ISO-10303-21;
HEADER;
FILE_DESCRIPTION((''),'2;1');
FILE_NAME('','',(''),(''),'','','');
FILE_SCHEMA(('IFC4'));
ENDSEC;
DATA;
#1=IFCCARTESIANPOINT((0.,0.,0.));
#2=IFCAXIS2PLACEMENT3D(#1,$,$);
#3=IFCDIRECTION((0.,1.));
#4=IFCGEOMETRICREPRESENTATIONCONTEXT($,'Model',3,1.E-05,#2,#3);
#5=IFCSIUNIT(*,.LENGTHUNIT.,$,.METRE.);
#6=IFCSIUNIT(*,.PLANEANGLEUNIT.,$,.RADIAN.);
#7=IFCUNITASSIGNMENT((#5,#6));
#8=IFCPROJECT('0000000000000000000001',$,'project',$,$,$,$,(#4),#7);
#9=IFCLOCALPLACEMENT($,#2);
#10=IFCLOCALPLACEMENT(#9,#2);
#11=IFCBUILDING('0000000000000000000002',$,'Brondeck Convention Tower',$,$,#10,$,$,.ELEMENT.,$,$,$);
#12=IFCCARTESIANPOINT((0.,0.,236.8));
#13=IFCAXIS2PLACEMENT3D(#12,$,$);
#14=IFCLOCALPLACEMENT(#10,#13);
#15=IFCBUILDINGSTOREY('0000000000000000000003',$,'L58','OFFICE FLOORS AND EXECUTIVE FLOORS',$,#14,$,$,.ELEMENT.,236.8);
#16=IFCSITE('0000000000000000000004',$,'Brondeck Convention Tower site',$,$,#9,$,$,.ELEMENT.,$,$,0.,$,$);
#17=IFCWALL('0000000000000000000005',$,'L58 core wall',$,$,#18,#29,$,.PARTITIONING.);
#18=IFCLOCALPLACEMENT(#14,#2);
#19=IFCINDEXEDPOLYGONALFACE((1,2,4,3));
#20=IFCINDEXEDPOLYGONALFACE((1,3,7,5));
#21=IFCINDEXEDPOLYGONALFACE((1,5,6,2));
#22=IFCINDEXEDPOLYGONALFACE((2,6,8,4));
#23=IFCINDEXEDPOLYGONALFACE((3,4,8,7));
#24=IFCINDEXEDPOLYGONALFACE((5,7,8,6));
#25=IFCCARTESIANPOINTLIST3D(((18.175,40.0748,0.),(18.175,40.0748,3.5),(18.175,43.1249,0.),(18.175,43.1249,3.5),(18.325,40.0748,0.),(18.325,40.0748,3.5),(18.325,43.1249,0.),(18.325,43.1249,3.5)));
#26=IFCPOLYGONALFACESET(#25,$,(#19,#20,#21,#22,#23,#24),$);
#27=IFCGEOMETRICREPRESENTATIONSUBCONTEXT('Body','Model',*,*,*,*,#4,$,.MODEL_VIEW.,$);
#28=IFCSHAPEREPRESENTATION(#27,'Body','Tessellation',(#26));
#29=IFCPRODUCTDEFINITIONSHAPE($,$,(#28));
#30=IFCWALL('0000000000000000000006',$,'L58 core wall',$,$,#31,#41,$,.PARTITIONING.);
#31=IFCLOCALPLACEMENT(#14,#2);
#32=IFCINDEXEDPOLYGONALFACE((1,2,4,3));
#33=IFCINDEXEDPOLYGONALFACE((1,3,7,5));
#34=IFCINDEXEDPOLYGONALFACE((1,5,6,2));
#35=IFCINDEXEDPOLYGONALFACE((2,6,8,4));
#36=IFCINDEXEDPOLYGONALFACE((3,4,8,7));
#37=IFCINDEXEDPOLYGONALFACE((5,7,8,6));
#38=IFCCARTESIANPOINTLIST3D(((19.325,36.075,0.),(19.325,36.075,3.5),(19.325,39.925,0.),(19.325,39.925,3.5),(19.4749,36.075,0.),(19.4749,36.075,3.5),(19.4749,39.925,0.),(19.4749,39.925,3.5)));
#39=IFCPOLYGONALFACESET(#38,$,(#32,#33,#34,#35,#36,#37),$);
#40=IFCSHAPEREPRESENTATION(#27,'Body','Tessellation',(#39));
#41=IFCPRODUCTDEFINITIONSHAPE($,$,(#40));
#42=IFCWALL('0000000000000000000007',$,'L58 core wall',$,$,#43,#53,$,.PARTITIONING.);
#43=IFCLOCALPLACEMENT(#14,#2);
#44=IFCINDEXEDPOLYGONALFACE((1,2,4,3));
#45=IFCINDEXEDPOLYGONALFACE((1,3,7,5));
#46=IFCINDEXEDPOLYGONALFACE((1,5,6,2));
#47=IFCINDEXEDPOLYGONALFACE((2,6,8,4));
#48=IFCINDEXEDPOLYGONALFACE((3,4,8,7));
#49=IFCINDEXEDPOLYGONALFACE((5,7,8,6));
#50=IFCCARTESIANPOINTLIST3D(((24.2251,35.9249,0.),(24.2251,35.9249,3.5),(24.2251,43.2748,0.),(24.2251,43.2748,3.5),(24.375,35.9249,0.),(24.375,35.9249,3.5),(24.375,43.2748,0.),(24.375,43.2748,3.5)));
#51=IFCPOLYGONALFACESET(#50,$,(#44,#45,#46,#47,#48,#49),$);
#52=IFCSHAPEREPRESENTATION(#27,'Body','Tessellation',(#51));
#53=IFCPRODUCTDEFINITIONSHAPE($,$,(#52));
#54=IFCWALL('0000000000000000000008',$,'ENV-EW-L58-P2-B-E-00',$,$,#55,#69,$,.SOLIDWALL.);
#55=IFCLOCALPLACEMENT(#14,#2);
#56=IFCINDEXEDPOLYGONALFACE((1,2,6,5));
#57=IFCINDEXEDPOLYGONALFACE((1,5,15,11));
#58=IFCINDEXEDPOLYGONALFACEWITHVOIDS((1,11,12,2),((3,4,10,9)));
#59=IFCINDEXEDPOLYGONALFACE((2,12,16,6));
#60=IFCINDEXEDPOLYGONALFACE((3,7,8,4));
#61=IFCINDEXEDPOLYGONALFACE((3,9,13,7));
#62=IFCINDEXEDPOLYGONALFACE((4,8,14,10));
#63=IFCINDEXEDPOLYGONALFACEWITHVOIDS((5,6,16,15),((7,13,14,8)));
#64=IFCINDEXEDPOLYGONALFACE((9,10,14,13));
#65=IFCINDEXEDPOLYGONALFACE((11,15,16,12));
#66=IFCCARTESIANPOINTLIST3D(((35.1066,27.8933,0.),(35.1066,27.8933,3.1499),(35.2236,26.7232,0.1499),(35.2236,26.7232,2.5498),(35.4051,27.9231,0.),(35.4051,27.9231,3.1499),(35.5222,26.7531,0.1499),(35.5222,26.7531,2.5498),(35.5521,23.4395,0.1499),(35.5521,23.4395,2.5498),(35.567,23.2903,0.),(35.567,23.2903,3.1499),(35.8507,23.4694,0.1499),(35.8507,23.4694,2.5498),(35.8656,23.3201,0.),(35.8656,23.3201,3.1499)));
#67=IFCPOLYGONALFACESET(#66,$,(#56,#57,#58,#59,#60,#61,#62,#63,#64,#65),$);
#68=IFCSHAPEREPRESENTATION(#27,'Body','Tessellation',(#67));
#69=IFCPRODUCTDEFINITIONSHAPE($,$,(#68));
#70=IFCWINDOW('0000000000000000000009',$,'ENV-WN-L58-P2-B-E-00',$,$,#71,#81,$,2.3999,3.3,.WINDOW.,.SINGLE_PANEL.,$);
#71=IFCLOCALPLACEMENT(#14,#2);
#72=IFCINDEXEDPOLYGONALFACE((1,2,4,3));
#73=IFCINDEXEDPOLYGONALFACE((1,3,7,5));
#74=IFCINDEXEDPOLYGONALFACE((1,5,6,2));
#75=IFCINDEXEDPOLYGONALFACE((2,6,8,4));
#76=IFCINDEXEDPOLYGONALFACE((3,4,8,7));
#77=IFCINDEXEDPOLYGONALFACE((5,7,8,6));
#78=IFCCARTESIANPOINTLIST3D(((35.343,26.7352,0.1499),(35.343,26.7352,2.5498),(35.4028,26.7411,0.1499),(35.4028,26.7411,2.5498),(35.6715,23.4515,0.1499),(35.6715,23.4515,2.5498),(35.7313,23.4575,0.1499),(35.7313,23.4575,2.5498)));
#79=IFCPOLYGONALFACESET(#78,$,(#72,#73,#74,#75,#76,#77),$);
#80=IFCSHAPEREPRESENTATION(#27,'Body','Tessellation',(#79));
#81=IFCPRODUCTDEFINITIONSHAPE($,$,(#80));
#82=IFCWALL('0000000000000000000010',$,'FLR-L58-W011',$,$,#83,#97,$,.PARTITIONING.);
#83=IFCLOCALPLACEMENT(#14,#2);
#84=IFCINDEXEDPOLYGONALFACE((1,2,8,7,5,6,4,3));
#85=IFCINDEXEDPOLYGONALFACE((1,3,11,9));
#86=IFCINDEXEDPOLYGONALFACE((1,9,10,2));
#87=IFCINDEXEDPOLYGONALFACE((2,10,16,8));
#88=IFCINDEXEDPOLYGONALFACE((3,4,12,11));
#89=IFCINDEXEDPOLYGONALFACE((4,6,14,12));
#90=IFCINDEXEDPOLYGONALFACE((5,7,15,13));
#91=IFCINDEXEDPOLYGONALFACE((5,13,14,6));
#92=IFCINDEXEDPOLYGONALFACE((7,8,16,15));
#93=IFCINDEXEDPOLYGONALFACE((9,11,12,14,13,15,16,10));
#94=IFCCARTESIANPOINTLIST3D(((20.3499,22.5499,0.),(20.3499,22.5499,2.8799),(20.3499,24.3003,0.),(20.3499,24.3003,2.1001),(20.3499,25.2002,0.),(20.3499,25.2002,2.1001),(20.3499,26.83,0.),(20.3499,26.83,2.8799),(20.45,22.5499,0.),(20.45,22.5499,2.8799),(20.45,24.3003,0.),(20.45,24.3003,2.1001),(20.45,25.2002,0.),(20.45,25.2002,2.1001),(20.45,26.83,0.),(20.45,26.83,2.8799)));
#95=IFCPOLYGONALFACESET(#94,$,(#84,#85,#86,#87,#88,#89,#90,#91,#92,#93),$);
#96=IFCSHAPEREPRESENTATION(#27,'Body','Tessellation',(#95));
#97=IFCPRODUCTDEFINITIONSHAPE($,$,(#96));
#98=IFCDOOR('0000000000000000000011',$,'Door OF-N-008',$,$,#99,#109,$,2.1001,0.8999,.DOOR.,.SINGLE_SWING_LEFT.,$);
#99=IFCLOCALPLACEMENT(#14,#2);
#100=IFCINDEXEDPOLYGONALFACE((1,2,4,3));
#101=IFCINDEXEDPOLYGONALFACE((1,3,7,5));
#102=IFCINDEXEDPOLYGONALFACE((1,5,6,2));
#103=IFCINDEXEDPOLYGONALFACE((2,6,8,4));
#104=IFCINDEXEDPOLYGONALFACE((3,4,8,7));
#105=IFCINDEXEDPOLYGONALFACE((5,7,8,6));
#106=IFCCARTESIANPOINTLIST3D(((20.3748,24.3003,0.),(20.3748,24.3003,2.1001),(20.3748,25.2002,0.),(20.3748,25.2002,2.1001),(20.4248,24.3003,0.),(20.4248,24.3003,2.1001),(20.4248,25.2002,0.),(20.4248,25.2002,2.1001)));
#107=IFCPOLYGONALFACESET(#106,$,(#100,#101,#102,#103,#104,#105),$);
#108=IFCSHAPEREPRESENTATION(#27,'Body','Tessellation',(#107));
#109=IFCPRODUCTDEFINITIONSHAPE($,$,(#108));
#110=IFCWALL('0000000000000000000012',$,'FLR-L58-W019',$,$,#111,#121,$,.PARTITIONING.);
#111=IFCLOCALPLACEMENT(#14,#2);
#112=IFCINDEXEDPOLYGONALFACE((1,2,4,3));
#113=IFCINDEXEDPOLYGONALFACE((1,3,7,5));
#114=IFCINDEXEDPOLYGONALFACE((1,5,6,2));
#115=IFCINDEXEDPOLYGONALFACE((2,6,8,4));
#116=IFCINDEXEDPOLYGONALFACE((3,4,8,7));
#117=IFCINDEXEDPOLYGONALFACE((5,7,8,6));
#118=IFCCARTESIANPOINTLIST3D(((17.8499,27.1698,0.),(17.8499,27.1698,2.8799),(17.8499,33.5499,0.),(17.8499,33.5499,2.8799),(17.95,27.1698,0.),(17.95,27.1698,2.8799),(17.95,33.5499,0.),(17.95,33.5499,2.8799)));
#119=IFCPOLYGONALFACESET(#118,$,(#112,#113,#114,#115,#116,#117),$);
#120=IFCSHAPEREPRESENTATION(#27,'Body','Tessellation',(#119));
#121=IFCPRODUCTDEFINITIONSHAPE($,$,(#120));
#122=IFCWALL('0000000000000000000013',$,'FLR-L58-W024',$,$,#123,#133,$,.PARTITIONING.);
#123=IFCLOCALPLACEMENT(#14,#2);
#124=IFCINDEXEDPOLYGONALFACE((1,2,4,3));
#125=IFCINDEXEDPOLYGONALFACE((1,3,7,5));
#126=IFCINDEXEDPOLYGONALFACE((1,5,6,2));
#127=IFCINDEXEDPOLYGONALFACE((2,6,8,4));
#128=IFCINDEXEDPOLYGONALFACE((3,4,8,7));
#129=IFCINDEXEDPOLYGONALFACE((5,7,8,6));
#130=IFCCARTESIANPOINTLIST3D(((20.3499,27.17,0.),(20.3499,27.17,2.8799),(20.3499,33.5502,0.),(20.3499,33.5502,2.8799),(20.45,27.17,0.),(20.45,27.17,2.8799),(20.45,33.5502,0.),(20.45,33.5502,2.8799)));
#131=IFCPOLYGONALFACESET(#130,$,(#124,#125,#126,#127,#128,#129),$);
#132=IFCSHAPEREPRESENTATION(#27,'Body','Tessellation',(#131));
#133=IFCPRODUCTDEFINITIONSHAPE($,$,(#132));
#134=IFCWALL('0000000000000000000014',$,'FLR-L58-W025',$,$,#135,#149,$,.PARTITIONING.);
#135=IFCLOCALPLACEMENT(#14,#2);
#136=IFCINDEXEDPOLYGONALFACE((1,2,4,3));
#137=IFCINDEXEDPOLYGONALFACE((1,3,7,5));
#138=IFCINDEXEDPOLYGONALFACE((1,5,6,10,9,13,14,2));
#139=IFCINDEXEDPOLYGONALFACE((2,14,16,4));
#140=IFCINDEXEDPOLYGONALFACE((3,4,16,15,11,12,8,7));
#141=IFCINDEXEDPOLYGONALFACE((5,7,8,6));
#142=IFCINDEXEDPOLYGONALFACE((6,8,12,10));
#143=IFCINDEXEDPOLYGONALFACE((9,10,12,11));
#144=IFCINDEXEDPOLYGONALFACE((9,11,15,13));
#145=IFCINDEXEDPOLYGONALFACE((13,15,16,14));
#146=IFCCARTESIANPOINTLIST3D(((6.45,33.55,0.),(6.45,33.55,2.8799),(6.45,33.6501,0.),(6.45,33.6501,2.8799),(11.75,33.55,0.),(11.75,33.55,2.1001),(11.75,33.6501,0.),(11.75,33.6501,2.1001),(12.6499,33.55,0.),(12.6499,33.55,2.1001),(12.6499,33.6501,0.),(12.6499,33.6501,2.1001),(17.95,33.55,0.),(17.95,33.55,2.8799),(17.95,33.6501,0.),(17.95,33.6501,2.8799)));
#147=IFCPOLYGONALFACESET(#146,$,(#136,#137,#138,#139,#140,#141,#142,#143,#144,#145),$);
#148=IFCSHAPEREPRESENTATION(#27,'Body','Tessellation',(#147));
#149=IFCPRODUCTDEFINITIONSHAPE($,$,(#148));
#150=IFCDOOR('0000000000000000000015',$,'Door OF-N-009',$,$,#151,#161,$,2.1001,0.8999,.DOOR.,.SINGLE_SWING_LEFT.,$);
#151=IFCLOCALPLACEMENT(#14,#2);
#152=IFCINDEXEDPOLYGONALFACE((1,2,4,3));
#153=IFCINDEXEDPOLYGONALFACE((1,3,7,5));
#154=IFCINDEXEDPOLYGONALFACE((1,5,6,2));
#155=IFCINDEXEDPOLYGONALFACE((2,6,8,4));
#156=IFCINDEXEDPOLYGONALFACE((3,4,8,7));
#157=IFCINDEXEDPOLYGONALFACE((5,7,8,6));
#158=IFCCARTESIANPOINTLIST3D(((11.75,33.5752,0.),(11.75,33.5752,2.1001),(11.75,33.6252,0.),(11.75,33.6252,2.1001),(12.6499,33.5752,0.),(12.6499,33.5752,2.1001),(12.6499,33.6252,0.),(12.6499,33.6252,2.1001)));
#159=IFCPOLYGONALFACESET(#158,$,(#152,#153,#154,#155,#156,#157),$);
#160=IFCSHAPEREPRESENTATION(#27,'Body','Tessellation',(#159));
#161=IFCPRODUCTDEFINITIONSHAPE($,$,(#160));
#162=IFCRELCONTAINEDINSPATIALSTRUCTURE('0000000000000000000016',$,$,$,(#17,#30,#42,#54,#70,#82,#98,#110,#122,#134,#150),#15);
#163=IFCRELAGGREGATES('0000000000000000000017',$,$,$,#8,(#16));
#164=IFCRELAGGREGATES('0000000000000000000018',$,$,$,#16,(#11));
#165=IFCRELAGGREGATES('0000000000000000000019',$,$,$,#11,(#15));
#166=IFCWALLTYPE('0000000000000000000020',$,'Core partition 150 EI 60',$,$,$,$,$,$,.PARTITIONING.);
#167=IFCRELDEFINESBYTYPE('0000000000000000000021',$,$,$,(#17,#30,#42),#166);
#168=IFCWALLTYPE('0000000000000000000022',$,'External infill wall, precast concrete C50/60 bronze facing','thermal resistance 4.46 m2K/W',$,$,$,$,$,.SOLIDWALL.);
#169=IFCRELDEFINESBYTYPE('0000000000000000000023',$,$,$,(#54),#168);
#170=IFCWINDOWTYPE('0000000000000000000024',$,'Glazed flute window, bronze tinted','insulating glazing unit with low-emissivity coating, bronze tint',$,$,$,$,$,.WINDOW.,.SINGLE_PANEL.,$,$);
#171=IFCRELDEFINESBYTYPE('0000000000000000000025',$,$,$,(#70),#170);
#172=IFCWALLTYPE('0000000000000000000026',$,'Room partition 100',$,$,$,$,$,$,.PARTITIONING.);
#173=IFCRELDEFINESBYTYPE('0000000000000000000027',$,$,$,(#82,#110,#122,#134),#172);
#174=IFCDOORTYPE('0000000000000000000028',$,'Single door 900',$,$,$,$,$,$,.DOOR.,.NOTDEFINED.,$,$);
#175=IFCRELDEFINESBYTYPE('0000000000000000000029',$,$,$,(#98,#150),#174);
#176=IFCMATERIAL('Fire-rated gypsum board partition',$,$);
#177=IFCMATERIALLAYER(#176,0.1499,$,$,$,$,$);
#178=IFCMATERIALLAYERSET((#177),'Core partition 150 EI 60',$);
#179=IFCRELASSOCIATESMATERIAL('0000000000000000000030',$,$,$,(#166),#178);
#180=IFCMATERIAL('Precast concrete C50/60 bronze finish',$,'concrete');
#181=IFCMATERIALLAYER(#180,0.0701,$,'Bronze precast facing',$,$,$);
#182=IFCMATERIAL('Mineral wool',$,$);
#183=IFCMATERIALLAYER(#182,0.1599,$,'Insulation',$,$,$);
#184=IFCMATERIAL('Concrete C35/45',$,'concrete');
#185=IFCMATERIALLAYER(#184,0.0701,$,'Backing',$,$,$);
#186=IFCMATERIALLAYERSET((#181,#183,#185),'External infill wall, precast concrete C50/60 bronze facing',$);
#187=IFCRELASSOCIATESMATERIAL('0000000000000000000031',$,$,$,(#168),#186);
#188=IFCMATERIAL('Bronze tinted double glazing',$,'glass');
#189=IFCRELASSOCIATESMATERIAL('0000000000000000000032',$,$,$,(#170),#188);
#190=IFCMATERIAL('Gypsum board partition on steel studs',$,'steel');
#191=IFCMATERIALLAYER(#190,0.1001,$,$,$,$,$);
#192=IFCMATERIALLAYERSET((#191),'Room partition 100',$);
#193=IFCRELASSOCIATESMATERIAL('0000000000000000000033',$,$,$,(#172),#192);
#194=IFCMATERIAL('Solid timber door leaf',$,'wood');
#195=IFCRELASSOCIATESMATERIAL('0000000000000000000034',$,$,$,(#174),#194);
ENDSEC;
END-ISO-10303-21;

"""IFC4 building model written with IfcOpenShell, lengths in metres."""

from ifc_helpers import new_model, si_unit, direction, frame, frame_2d, origin, place, context, subcontext, project, spatial, rectangle, extrude, material, layer, layer_set, type_object, element, fill, save


model = new_model("IFC4")

# Units and contexts
model_context = context("Model", 3, precision=1e-05, world=origin(), true_north=direction((0.0, 1.0)))
body_context = subcontext(model_context, "Body", "Model", "MODEL_VIEW")
ifc_project = project(units=[si_unit("LENGTHUNIT", "METRE"), si_unit("PLANEANGLEUNIT", "RADIAN")], contexts=[model_context])

# Site, building, storey
site_placement = place(None, origin())
site = spatial("IfcSite", under=ifc_project, at=site_placement, Name="Brondeck Convention Tower site", CompositionType="ELEMENT", RefElevation=0.0)
building_placement = place(site_placement, origin())
building = spatial("IfcBuilding", under=site, at=building_placement, Name="Brondeck Convention Tower", CompositionType="ELEMENT")
storey_placement = place(building_placement, frame((0.0, 0.0, 236.8)))
storey = spatial("IfcBuildingStorey", under=building, at=storey_placement, Name="L58", Description="OFFICE FLOORS AND EXECUTIVE FLOORS", CompositionType="ELEMENT", Elevation=236.8)

# Walls
ifc_material_1 = material(Name="Fire-rated gypsum board partition")
ifc_layer_1 = layer(ifc_material_1, 0.1499)
ifc_layer_set_1 = layer_set([ifc_layer_1], Name="Core partition 150 EI 60")
wall_type_1 = type_object("IfcWallType", Name="Core partition 150 EI 60", PredefinedType="PARTITIONING", material=ifc_layer_set_1)
wall_1_placement = place(storey_placement, frame((18.25, 40.075, 0.0), z_axis=(0.0, 0.0, 1.0), x_axis=(0.0, 1.0, 0.0)))
element("IfcWall", 1, at=wall_1_placement, inside=storey, type_object=wall_type_1, Name="L58 core wall", PredefinedType="PARTITIONING", context=body_context, shape_type="SweptSolid", body=[
    extrude(rectangle(XDim=3.05, YDim=0.1499, at=frame_2d((1.5249, 0.0))), origin(), (0.0, 0.0, 1.0), 3.5),
])
wall_2_placement = place(storey_placement, frame((19.3999, 36.075, 0.0), z_axis=(0.0, 0.0, 1.0), x_axis=(0.0, 1.0, 0.0)))
element("IfcWall", 2, at=wall_2_placement, inside=storey, type_object=wall_type_1, Name="L58 core wall", PredefinedType="PARTITIONING", context=body_context, shape_type="SweptSolid", body=[
    extrude(rectangle(XDim=3.8501, YDim=0.1499, at=frame_2d((1.925, 0.0))), origin(), (0.0, 0.0, 1.0), 3.5),
])
wall_3_placement = place(storey_placement, frame((24.3, 35.925, 0.0), z_axis=(0.0, 0.0, 1.0), x_axis=(0.0, 1.0, 0.0)))
element("IfcWall", 3, at=wall_3_placement, inside=storey, type_object=wall_type_1, Name="L58 core wall", PredefinedType="PARTITIONING", context=body_context, shape_type="SweptSolid", body=[
    extrude(rectangle(XDim=7.3499, YDim=0.1499, at=frame_2d((3.6748, 0.0))), origin(), (0.0, 0.0, 1.0), 3.5),
])

# Wall, opening, window
ifc_material_2 = material(Name="Precast concrete C50/60 bronze finish", Category="concrete")
ifc_layer_2 = layer(ifc_material_2, 0.0701, Name="Bronze precast facing")
ifc_material_3 = material(Name="Mineral wool")
ifc_layer_3 = layer(ifc_material_3, 0.1599, Name="Insulation")
ifc_material_4 = material(Name="Concrete C35/45", Category="concrete")
ifc_layer_4 = layer(ifc_material_4, 0.0701, Name="Backing")
ifc_layer_set_2 = layer_set([ifc_layer_2, ifc_layer_3, ifc_layer_4], Name="External infill wall, precast concrete C50/60 bronze facing")
wall_type_2 = type_object("IfcWallType", Name="External infill wall, precast concrete C50/60 bronze facing", Description="thermal resistance 4.46 m2K/W", PredefinedType="SOLIDWALL", material=ifc_layer_set_2)
wall_4_placement = place(storey_placement, frame((35.2559, 27.9082, 0.0), z_axis=(0.0, 0.0, 1.0), x_axis=(0.099535, -0.995034, 0.0)))
wall_4 = element("IfcWall", 4, at=wall_4_placement, inside=storey, type_object=wall_type_2, Name="ENV-EW-L58-P2-B-E-00", PredefinedType="SOLIDWALL", context=body_context, shape_type="SweptSolid", body=[
    extrude(rectangle(XDim=4.626, YDim=0.3, at=frame_2d((2.313, 0.0))), origin(), (0.0, 0.0, 1.0), 3.1499),
])
opening_1_placement = place(wall_4_placement, frame((1.176, 0.0, 0.1499)))
opening_1 = element("IfcOpeningElement", 5, at=opening_1_placement, cuts=wall_4, PredefinedType="OPENING", context=body_context, shape_type="SweptSolid", body=[
    extrude(rectangle(XDim=3.3, YDim=2.3999, at=frame_2d((1.6499, 1.2))), frame((0.0, 0.1599, 0.0), z_axis=(0.0, -1.0, 0.0), x_axis=(1.0, 0.0, 0.0)), (0.0, 0.0, 1.0), 0.3201),
])
ifc_material_5 = material(Name="Bronze tinted double glazing", Category="glass")
window_type = type_object("IfcWindowType", Name="Glazed flute window, bronze tinted", Description="insulating glazing unit with low-emissivity coating, bronze tint", PartitioningType="SINGLE_PANEL", PredefinedType="WINDOW", material=ifc_material_5)
window_placement = place(opening_1_placement, origin())
window = element("IfcWindow", 6, at=window_placement, inside=storey, type_object=window_type, Name="ENV-WN-L58-P2-B-E-00", OverallHeight=2.3999, OverallWidth=3.3, PartitioningType="SINGLE_PANEL", PredefinedType="WINDOW", context=body_context, shape_type="SweptSolid", body=[
    extrude(rectangle(XDim=3.3, YDim=2.3999, at=frame_2d((1.6499, 1.2))), frame((0.0, 0.03, 0.0), z_axis=(0.0, -1.0, 0.0), x_axis=(1.0, 0.0, 0.0)), (0.0, 0.0, 1.0), 0.0601),
])
fill(opening_1, window)

# Wall, opening, door
ifc_material_6 = material(Name="Gypsum board partition on steel studs", Category="steel")
ifc_layer_5 = layer(ifc_material_6, 0.1001)
ifc_layer_set_3 = layer_set([ifc_layer_5], Name="Room partition 100")
wall_type_3 = type_object("IfcWallType", Name="Room partition 100", PredefinedType="PARTITIONING", material=ifc_layer_set_3)
wall_5_placement = place(storey_placement, frame((20.3999, 26.8301, 0.0), z_axis=(0.0, 0.0, 1.0), x_axis=(0.0, -1.0, 0.0)))
wall_5 = element("IfcWall", 7, at=wall_5_placement, inside=storey, type_object=wall_type_3, Name="FLR-L58-W011", PredefinedType="PARTITIONING", context=body_context, shape_type="SweptSolid", body=[
    extrude(rectangle(XDim=4.28, YDim=0.1001, at=frame_2d((2.1401, 0.0))), origin(), (0.0, 0.0, 1.0), 2.8799),
])
opening_2_placement = place(wall_5_placement, frame((1.6299, 0.0, 0.0)))
opening_2 = element("IfcOpeningElement", 8, at=opening_2_placement, cuts=wall_5, PredefinedType="OPENING", context=body_context, shape_type="SweptSolid", body=[
    extrude(rectangle(XDim=0.8999, YDim=2.1001, at=frame_2d((0.45, 1.05))), frame((0.0, 0.0601, 0.0), z_axis=(0.0, -1.0, 0.0), x_axis=(1.0, 0.0, 0.0)), (0.0, 0.0, 1.0), 0.1201),
])
ifc_material_7 = material(Name="Solid timber door leaf", Category="wood")
door_type_1 = type_object("IfcDoorType", Name="Single door 900", OperationType="NOTDEFINED", PredefinedType="DOOR", material=ifc_material_7)
door_1_placement = place(opening_2_placement, origin())
door_1 = element("IfcDoor", 9, at=door_1_placement, inside=storey, type_object=door_type_1, Name="Door OF-N-008", OperationType="SINGLE_SWING_LEFT", OverallHeight=2.1001, OverallWidth=0.8999, PredefinedType="DOOR", context=body_context, shape_type="SweptSolid", body=[
    extrude(rectangle(XDim=0.8999, YDim=2.1001, at=frame_2d((0.45, 1.05))), frame((0.0, 0.0249, 0.0), z_axis=(0.0, -1.0, 0.0), x_axis=(1.0, 0.0, 0.0)), (0.0, 0.0, 1.0), 0.05),
])
fill(opening_2, door_1)

# Walls
for number, where, z_axis, x_axis, name in (
    (10, (17.8999, 27.1699, 0.0), (0.0, 0.0, 1.0), (0.0, 1.0, 0.0), "FLR-L58-W019"),
    (11, (20.3999, 33.55, 0.0), (0.0, 0.0, 1.0), (0.0, -1.0, 0.0), "FLR-L58-W024"),
):
    element("IfcWall", number, at=place(storey_placement, frame(where, z_axis=z_axis, x_axis=x_axis)), inside=storey, type_object=wall_type_3, Name=name, PredefinedType="PARTITIONING", context=body_context, shape_type="SweptSolid", body=[
        extrude(rectangle(XDim=6.3801, YDim=0.1001, at=frame_2d((3.1899, 0.0))), origin(), (0.0, 0.0, 1.0), 2.8799),
    ])

# Wall, opening, door
wall_6_placement = place(storey_placement, frame((17.95, 33.6001, 0.0), z_axis=(0.0, 0.0, 1.0), x_axis=(-1.0, 0.0, 0.0)))
wall_6 = element("IfcWall", 12, at=wall_6_placement, inside=storey, type_object=wall_type_3, Name="FLR-L58-W025", PredefinedType="PARTITIONING", context=body_context, shape_type="SweptSolid", body=[
    extrude(rectangle(XDim=11.5, YDim=0.1001, at=frame_2d((5.75, 0.0))), origin(), (0.0, 0.0, 1.0), 2.8799),
])
opening_3_placement = place(wall_6_placement, frame((5.3, 0.0, 0.0)))
opening_3 = element("IfcOpeningElement", 13, at=opening_3_placement, cuts=wall_6, PredefinedType="OPENING", context=body_context, shape_type="SweptSolid", body=[
    extrude(rectangle(XDim=0.8999, YDim=2.1001, at=frame_2d((0.45, 1.05))), frame((0.0, 0.0601, 0.0), z_axis=(0.0, -1.0, 0.0), x_axis=(1.0, 0.0, 0.0)), (0.0, 0.0, 1.0), 0.1201),
])
door_2_placement = place(opening_3_placement, origin())
door_2 = element("IfcDoor", 14, at=door_2_placement, inside=storey, type_object=door_type_1, Name="Door OF-N-009", OperationType="SINGLE_SWING_LEFT", OverallHeight=2.1001, OverallWidth=0.8999, PredefinedType="DOOR", context=body_context, shape_type="SweptSolid", body=[
    extrude(rectangle(XDim=0.8999, YDim=2.1001, at=frame_2d((0.45, 1.05))), frame((0.0, 0.0249, 0.0), z_axis=(0.0, -1.0, 0.0), x_axis=(1.0, 0.0, 0.0)), (0.0, 0.0, 1.0), 0.05),
])
fill(opening_3, door_2)

save(model, "model.ifc")
